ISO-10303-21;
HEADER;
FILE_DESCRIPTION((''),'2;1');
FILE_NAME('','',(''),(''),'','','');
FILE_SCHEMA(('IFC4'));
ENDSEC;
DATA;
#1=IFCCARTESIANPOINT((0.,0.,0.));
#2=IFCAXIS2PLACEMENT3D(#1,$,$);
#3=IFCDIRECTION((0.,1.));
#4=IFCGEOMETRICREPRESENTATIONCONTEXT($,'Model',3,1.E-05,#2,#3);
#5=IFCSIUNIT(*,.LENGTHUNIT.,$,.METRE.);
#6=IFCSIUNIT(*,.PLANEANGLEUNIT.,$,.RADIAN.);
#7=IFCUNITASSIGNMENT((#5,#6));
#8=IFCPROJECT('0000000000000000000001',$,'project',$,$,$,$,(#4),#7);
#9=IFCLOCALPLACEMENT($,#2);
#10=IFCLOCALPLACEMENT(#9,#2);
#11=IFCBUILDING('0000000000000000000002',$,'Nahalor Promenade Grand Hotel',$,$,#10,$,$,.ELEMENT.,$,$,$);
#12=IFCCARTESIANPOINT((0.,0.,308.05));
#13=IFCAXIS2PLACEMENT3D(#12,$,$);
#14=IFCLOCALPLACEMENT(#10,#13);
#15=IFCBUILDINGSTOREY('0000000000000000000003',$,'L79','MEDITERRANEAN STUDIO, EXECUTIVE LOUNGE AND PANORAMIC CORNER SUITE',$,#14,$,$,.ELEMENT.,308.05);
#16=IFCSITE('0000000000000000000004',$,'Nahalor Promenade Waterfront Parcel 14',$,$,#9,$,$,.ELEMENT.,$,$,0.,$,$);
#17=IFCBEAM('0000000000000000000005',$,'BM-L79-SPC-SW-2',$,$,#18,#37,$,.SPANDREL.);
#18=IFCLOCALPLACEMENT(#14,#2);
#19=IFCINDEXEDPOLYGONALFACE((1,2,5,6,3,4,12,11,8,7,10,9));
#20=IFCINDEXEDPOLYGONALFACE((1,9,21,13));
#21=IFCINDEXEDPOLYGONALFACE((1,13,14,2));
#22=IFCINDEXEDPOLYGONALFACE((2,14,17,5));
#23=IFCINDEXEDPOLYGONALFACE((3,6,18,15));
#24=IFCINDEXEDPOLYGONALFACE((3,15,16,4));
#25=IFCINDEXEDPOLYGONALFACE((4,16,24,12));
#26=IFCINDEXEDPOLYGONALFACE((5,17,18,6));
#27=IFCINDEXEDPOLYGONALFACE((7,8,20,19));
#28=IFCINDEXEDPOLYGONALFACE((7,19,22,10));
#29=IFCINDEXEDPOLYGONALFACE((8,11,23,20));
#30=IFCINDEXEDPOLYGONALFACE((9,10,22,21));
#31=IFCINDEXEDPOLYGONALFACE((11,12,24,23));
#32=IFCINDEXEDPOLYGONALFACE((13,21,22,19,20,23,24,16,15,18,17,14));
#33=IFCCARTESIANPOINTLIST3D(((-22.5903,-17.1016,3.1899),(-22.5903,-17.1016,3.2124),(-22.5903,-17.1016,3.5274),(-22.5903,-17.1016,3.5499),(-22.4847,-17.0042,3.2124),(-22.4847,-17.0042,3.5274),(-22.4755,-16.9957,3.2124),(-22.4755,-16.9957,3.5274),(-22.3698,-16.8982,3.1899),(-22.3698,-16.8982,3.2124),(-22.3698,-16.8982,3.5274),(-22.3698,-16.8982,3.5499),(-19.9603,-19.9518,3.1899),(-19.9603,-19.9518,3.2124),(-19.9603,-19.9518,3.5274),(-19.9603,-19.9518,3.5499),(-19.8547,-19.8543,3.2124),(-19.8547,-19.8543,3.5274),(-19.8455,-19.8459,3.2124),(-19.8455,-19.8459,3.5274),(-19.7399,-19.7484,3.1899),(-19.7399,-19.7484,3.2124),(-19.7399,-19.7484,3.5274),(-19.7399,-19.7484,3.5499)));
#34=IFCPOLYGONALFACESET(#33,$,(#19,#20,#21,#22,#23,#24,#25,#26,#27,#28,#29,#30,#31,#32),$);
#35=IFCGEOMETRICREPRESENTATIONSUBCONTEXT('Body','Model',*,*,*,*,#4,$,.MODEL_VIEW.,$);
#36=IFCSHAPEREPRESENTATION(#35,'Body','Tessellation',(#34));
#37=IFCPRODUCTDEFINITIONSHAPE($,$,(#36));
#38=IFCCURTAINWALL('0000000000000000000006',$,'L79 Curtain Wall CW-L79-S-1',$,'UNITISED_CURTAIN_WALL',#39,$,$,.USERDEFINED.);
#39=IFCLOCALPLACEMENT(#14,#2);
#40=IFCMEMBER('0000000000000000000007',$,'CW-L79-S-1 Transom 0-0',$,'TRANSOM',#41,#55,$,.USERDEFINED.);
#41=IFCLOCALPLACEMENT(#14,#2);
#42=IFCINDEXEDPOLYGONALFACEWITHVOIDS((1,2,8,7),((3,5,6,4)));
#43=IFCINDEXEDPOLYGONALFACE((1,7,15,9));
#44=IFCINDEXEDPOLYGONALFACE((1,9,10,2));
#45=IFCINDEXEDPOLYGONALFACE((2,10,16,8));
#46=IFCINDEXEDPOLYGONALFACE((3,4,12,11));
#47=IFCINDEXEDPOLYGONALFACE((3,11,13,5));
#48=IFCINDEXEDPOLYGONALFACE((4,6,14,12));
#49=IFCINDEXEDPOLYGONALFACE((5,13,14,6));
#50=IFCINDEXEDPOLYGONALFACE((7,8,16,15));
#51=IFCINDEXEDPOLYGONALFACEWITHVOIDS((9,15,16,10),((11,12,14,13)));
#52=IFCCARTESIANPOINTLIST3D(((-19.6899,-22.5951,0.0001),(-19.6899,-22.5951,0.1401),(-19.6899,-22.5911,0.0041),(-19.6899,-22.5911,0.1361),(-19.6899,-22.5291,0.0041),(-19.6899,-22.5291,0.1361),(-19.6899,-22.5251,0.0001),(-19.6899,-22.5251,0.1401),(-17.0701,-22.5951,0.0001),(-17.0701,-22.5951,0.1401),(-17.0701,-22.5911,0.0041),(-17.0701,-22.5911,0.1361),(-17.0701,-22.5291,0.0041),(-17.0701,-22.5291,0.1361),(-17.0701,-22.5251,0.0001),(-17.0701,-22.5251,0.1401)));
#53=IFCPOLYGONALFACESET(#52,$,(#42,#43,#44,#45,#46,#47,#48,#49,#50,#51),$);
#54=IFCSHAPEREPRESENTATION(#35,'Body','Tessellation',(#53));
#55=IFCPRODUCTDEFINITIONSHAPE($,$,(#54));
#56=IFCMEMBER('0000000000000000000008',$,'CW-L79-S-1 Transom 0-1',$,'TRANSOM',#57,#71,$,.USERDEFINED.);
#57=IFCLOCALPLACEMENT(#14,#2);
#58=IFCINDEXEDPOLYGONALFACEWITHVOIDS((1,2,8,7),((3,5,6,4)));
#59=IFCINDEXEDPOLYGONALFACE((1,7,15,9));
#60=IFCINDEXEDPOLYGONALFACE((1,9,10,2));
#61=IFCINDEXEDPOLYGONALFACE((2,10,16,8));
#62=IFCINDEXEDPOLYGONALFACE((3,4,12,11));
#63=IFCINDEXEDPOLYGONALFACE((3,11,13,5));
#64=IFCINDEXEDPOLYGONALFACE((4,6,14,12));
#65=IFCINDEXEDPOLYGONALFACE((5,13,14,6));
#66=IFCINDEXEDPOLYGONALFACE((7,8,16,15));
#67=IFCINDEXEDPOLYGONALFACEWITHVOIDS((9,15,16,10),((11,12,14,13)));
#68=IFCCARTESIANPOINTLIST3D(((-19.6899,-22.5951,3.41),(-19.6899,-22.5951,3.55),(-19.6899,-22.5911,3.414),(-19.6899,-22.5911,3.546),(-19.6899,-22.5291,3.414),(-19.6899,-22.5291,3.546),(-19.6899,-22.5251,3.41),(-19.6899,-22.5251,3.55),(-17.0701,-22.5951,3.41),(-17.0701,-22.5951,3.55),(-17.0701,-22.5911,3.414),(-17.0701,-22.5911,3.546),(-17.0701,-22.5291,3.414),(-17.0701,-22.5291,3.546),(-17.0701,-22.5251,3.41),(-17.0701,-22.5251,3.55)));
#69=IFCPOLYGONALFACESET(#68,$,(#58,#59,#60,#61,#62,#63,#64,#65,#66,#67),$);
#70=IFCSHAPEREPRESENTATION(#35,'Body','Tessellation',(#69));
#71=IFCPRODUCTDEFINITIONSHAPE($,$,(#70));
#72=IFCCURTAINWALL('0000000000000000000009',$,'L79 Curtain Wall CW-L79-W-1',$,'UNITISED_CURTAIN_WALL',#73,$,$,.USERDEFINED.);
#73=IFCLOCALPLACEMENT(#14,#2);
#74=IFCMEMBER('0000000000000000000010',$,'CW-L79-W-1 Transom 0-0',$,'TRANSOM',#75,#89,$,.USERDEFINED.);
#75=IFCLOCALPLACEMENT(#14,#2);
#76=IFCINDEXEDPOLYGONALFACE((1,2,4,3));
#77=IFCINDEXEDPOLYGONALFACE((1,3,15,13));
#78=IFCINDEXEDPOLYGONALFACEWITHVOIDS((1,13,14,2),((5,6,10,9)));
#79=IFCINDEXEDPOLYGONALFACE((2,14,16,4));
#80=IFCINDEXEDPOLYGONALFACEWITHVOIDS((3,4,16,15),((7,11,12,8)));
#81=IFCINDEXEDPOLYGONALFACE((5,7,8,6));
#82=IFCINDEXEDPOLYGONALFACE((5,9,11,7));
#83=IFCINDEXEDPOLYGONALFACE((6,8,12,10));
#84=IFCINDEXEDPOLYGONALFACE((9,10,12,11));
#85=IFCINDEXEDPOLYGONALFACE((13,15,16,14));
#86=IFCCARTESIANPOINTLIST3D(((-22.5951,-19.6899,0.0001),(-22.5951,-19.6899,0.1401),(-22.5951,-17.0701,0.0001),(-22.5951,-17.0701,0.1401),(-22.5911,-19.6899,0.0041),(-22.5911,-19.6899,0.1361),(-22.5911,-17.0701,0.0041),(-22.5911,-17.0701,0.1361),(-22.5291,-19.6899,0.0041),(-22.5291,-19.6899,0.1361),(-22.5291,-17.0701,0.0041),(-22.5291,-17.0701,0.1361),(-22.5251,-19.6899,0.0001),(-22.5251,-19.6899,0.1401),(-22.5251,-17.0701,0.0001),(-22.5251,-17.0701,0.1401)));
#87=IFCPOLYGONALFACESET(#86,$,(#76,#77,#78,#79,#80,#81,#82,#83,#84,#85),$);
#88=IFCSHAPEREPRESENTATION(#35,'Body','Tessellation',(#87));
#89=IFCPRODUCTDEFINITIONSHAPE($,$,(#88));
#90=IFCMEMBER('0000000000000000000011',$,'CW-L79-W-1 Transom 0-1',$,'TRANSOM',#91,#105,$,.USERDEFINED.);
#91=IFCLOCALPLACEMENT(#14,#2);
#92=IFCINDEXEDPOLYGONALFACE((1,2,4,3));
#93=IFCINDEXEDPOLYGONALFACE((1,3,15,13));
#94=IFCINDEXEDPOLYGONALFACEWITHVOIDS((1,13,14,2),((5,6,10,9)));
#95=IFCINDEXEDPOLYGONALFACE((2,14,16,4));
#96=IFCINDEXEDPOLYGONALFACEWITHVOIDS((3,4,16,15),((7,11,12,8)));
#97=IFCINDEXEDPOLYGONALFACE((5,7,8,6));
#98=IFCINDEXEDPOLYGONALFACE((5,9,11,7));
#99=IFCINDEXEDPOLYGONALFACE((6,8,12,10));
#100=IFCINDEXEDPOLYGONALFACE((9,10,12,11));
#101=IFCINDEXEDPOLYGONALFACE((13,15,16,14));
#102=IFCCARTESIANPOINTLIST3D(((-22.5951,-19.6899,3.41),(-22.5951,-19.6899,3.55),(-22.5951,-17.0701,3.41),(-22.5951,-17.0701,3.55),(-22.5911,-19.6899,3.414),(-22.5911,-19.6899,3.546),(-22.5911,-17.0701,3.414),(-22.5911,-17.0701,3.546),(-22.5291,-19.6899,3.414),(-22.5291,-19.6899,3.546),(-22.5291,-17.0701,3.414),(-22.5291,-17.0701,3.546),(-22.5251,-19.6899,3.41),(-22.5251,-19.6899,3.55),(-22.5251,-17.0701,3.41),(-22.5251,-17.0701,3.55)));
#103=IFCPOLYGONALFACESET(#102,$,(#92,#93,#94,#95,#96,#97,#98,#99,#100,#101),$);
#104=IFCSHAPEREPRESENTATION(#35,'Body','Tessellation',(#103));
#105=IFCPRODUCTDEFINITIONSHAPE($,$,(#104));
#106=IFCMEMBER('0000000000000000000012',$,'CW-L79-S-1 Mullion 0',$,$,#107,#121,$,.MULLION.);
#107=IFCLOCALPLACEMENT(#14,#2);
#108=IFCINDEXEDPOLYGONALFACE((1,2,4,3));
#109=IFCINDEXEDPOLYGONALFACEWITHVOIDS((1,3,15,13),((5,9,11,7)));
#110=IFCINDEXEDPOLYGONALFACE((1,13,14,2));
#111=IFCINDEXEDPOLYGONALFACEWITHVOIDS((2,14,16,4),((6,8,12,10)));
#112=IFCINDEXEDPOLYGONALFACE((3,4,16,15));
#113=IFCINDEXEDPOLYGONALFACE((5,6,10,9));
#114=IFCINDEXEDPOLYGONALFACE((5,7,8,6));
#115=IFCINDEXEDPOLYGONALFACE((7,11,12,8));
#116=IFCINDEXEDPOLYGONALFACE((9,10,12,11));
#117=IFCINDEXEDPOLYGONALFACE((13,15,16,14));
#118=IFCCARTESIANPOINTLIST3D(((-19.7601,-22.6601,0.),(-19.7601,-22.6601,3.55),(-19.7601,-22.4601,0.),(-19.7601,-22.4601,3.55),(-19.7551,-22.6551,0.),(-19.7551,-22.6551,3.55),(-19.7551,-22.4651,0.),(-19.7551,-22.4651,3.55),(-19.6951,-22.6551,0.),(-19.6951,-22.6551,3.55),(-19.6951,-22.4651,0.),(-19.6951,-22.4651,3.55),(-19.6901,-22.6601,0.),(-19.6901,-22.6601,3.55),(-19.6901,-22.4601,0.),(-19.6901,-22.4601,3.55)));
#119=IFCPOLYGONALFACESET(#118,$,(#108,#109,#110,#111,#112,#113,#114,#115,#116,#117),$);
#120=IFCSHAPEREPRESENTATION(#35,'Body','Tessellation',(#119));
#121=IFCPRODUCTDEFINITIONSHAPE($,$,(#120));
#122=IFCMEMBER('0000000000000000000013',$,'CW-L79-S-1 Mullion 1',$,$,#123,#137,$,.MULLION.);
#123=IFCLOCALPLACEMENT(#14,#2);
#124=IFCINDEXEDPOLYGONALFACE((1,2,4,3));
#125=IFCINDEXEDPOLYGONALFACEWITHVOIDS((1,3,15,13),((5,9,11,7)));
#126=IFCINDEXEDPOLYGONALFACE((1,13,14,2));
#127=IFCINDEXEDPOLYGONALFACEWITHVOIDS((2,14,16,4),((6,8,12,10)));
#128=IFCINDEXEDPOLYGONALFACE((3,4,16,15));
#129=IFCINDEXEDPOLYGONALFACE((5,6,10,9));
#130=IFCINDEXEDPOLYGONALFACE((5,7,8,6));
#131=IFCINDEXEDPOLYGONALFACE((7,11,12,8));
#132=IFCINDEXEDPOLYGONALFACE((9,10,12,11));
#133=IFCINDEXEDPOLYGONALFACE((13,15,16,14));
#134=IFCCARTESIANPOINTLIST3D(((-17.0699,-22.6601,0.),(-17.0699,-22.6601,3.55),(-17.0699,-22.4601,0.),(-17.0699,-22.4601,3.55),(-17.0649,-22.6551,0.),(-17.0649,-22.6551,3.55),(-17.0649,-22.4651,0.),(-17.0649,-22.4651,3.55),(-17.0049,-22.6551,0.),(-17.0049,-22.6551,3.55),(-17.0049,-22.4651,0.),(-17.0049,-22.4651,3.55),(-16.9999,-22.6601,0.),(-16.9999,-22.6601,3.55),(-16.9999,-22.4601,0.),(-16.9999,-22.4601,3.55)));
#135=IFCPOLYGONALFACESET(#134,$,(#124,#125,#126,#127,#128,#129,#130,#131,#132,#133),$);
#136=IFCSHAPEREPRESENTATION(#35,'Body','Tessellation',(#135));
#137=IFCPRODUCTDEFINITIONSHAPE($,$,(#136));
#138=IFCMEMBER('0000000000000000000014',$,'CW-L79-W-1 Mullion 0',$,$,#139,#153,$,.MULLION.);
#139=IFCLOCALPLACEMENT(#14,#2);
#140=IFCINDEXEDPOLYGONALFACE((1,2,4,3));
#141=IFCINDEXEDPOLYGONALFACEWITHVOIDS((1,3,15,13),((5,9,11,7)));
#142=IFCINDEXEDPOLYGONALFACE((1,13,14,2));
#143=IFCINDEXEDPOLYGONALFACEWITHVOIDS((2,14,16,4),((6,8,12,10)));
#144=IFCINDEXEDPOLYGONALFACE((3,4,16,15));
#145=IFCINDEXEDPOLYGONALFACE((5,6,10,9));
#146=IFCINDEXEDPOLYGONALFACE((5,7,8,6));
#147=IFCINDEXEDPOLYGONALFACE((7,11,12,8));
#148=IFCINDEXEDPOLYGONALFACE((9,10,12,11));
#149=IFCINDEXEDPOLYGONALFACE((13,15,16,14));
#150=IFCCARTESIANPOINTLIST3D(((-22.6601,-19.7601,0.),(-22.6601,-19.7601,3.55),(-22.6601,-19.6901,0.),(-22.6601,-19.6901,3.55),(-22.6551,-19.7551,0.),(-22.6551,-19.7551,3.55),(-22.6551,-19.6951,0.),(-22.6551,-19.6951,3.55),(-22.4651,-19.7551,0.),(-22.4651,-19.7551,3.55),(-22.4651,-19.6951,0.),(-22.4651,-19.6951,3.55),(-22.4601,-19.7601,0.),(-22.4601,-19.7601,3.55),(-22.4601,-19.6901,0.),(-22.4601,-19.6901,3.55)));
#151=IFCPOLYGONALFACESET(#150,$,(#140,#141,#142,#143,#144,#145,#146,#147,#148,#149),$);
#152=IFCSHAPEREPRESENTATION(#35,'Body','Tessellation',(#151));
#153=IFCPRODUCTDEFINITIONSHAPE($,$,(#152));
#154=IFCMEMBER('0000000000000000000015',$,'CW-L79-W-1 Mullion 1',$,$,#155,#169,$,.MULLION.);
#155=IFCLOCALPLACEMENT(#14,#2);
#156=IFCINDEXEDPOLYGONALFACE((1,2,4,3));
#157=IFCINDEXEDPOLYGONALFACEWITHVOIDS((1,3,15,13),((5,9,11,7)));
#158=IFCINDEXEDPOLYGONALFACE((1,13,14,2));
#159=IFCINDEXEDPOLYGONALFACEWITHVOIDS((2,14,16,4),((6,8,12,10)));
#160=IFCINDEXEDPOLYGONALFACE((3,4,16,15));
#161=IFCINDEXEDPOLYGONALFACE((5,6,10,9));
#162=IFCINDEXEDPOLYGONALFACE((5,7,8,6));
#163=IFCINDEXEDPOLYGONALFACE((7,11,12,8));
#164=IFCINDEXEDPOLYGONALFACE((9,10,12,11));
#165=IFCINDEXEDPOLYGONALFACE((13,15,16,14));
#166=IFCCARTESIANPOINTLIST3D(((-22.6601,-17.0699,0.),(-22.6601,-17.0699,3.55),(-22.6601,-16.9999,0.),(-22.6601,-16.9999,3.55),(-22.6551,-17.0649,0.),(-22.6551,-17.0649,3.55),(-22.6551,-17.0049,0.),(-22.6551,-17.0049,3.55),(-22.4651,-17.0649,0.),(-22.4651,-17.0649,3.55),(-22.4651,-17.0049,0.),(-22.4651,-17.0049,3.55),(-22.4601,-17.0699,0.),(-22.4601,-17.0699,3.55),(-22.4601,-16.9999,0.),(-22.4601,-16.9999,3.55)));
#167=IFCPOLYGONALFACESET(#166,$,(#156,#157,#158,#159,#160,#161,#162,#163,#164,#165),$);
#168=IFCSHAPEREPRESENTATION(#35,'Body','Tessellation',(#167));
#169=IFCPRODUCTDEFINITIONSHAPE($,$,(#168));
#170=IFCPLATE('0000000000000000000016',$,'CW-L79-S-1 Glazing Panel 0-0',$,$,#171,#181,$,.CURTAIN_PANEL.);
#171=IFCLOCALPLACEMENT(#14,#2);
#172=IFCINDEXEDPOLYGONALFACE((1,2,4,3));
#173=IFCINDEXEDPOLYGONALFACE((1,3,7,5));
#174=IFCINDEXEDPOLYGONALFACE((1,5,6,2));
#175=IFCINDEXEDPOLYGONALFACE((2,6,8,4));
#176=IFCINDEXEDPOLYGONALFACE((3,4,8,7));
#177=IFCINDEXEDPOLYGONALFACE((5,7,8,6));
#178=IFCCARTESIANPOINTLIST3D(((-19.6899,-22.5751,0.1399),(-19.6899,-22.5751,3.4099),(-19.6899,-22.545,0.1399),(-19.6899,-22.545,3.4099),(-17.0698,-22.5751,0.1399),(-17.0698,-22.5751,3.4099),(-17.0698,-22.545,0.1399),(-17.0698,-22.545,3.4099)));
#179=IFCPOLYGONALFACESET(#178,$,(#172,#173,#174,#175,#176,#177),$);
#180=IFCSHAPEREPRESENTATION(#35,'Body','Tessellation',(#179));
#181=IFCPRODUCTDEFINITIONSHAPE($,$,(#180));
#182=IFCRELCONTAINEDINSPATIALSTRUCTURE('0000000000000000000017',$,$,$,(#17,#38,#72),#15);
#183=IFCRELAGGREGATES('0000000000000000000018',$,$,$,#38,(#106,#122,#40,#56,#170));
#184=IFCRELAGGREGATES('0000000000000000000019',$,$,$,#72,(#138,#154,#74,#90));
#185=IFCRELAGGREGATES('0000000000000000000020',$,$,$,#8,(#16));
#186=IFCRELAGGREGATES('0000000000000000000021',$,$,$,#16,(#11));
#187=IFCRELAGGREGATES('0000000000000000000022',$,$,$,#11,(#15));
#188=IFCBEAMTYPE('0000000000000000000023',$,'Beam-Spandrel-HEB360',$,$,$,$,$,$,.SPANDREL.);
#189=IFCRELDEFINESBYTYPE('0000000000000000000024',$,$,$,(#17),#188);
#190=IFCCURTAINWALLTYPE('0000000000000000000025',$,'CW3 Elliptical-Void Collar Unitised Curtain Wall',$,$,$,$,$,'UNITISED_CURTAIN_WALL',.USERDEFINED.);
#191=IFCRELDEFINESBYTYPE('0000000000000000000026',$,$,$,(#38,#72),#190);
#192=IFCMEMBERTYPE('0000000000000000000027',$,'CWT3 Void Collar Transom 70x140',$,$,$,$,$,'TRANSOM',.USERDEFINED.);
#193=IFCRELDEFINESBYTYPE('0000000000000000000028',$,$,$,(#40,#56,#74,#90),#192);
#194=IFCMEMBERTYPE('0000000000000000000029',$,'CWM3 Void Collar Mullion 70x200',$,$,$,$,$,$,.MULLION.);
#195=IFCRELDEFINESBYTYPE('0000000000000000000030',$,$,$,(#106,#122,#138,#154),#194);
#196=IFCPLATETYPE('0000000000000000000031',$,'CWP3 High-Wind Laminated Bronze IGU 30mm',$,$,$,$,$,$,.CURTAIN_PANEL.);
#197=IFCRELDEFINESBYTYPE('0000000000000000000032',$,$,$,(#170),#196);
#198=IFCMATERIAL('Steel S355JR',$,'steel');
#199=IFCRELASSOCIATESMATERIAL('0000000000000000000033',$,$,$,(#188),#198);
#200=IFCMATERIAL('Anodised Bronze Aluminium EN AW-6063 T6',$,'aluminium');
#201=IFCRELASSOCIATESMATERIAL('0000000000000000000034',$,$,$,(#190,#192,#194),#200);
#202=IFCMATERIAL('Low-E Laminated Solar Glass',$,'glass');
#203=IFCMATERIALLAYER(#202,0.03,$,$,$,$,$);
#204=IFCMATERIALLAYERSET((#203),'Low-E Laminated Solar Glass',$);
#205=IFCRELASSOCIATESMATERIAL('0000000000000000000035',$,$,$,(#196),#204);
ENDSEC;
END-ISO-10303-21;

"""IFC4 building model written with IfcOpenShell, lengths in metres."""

from ifc_helpers import new_model, si_unit, direction, frame, origin, origin_2d, place, context, subcontext, project, spatial, rectangle, hollow_rectangle, i_section, extrude, source, transform, mapped, material, layer, layer_set, material_profile, profile_set, type_object, element, aggregate, save


model = new_model("IFC4")

# Units and contexts
model_context = context("Model", 3, precision=1e-05, world=origin(), true_north=direction((0.0, 1.0)))
body_context = subcontext(model_context, "Body", "Model", "MODEL_VIEW")
ifc_project = project(units=[si_unit("LENGTHUNIT", "METRE"), si_unit("PLANEANGLEUNIT", "RADIAN")], contexts=[model_context])

# Site, building, storey
site_placement = place(None, origin())
site = spatial("IfcSite", under=ifc_project, at=site_placement, Name="Nahalor Promenade Waterfront Parcel 14", CompositionType="ELEMENT", RefElevation=0.0)
building_placement = place(site_placement, origin())
building = spatial("IfcBuilding", under=site, at=building_placement, Name="Nahalor Promenade Grand Hotel", CompositionType="ELEMENT")
storey_placement = place(building_placement, frame((0.0, 0.0, 308.05)))
storey = spatial("IfcBuildingStorey", under=building, at=storey_placement, Name="L79", Description="MEDITERRANEAN STUDIO, EXECUTIVE LOUNGE AND PANORAMIC CORNER SUITE", CompositionType="ELEMENT", Elevation=308.05)

# Shared definitions
ifc_material_1 = material(Name="Steel S355JR", Category="steel")

# Beam
ifc_material_profile_1 = material_profile(ifc_material_1, i_section(OverallWidth=0.3, OverallDepth=0.36, WebThickness=0.0125, FlangeThickness=0.0225, at=origin_2d()), Name="HEB 360")
ifc_profile_set_1 = profile_set([ifc_material_profile_1], Name="Steel S355JR")
beam_type_1 = type_object("IfcBeamType", Name="Beam-Spandrel-HEB360", PredefinedType="SPANDREL", material=ifc_profile_set_1)
shared_shape_1 = source(origin(), body_context, "Body", "SweptSolid", [
    extrude(i_section(OverallWidth=0.3, OverallDepth=0.36, WebThickness=0.0125, FlangeThickness=0.0225, at=origin_2d()), origin(), (0.0, 0.0, 1.0), 3.8782),
])
for number, where, z_axis, x_axis, name in (
    (1, (-19.8501, -19.8501, 3.3699), (-0.678144, 0.734929, 0.0), (-0.734929, -0.678144, 0.0), "BM-L79-SPC-SW-2"),
):
    element("IfcBeam", number, at=place(storey_placement, frame(where, z_axis=z_axis, x_axis=x_axis)), inside=storey, type_object=beam_type_1, Name=name, PredefinedType="SPANDREL", context=body_context, shape_type="MappedRepresentation", body=[
        mapped(shared_shape_1, transform((0.0, 0.0, 0.0), scale=1.0)),
    ])

# Curtain walls, members
ifc_material_2 = material(Name="Anodised Bronze Aluminium EN AW-6063 T6", Category="aluminium")
curtain_wall_type = type_object("IfcCurtainWallType", Name="CW3 Elliptical-Void Collar Unitised Curtain Wall", ElementType="UNITISED_CURTAIN_WALL", PredefinedType="USERDEFINED", material=ifc_material_2)
curtain_wall_1_placement = place(storey_placement, origin())
curtain_wall_1 = element("IfcCurtainWall", 2, at=curtain_wall_1_placement, inside=storey, type_object=curtain_wall_type, Name="L79 Curtain Wall CW-L79-S-1", ObjectType="UNITISED_CURTAIN_WALL", PredefinedType="USERDEFINED")
ifc_material_profile_2 = material_profile(ifc_material_2, hollow_rectangle(XDim=0.07, YDim=0.14, WallThickness=0.004, at=origin_2d()), Name="CWT 70x140x4")
ifc_profile_set_2 = profile_set([ifc_material_profile_2], Name="Anodised Bronze Aluminium EN AW-6063 T6")
member_type_1 = type_object("IfcMemberType", Name="CWT3 Void Collar Transom 70x140", ElementType="TRANSOM", PredefinedType="USERDEFINED", material=ifc_profile_set_2)
shared_shape_2 = source(origin(), body_context, "Body", "SweptSolid", [
    extrude(hollow_rectangle(XDim=0.07, YDim=0.14, WallThickness=0.004, at=origin_2d()), origin(), (0.0, 0.0, 1.0), 2.6199),
])
member_1_placement = place(storey_placement, frame((-19.6899, -22.5601, 0.0701), z_axis=(1.0, 0.0, 0.0), x_axis=(0.0, 1.0, 0.0)))
member_1 = element("IfcMember", 3, at=member_1_placement, type_object=member_type_1, Name="CW-L79-S-1 Transom 0-0", ObjectType="TRANSOM", PredefinedType="USERDEFINED", context=body_context, shape_type="MappedRepresentation", body=[
    mapped(shared_shape_2, transform((0.0, 0.0, 0.0), scale=1.0)),
])
member_2_placement = place(storey_placement, frame((-19.6899, -22.5601, 3.48), z_axis=(1.0, 0.0, 0.0), x_axis=(0.0, 1.0, 0.0)))
member_2 = element("IfcMember", 4, at=member_2_placement, type_object=member_type_1, Name="CW-L79-S-1 Transom 0-1", ObjectType="TRANSOM", PredefinedType="USERDEFINED", context=body_context, shape_type="MappedRepresentation", body=[
    mapped(shared_shape_2, transform((0.0, 0.0, 0.0), scale=1.0)),
])
curtain_wall_2_placement = place(storey_placement, origin())
curtain_wall_2 = element("IfcCurtainWall", 5, at=curtain_wall_2_placement, inside=storey, type_object=curtain_wall_type, Name="L79 Curtain Wall CW-L79-W-1", ObjectType="UNITISED_CURTAIN_WALL", PredefinedType="USERDEFINED")
member_3_placement = place(storey_placement, frame((-22.5601, -19.6899, 0.0701), z_axis=(0.0, 1.0, 0.0), x_axis=(-1.0, 0.0, 0.0)))
member_3 = element("IfcMember", 6, at=member_3_placement, type_object=member_type_1, Name="CW-L79-W-1 Transom 0-0", ObjectType="TRANSOM", PredefinedType="USERDEFINED", context=body_context, shape_type="MappedRepresentation", body=[
    mapped(shared_shape_2, transform((0.0, 0.0, 0.0), scale=1.0)),
])
member_4_placement = place(storey_placement, frame((-22.5601, -19.6899, 3.48), z_axis=(0.0, 1.0, 0.0), x_axis=(-1.0, 0.0, 0.0)))
member_4 = element("IfcMember", 7, at=member_4_placement, type_object=member_type_1, Name="CW-L79-W-1 Transom 0-1", ObjectType="TRANSOM", PredefinedType="USERDEFINED", context=body_context, shape_type="MappedRepresentation", body=[
    mapped(shared_shape_2, transform((0.0, 0.0, 0.0), scale=1.0)),
])

# Members
ifc_material_profile_3 = material_profile(ifc_material_2, hollow_rectangle(XDim=0.07, YDim=0.2, WallThickness=0.005, at=origin_2d()), Name="CWM 70x200x5")
ifc_profile_set_3 = profile_set([ifc_material_profile_3], Name="Anodised Bronze Aluminium EN AW-6063 T6")
member_type_2 = type_object("IfcMemberType", Name="CWM3 Void Collar Mullion 70x200", PredefinedType="MULLION", material=ifc_profile_set_3)
shared_shape_3 = source(origin(), body_context, "Body", "SweptSolid", [
    extrude(hollow_rectangle(XDim=0.07, YDim=0.2, WallThickness=0.005, at=origin_2d()), origin(), (0.0, 0.0, 1.0), 3.55),
])
member_5_placement = place(storey_placement, frame((-19.7251, -22.5601, 0.0), z_axis=(0.0, 0.0, 1.0), x_axis=(1.0, 0.0, 0.0)))
member_5 = element("IfcMember", 8, at=member_5_placement, type_object=member_type_2, Name="CW-L79-S-1 Mullion 0", PredefinedType="MULLION", context=body_context, shape_type="MappedRepresentation", body=[
    mapped(shared_shape_3, transform((0.0, 0.0, 0.0), scale=1.0)),
])
member_6_placement = place(storey_placement, frame((-17.0349, -22.5601, 0.0), z_axis=(0.0, 0.0, 1.0), x_axis=(1.0, 0.0, 0.0)))
member_6 = element("IfcMember", 9, at=member_6_placement, type_object=member_type_2, Name="CW-L79-S-1 Mullion 1", PredefinedType="MULLION", context=body_context, shape_type="MappedRepresentation", body=[
    mapped(shared_shape_3, transform((0.0, 0.0, 0.0), scale=1.0)),
])
member_7_placement = place(storey_placement, frame((-22.5601, -19.7251, 0.0), z_axis=(0.0, 0.0, 1.0), x_axis=(0.0, 1.0, 0.0)))
member_7 = element("IfcMember", 10, at=member_7_placement, type_object=member_type_2, Name="CW-L79-W-1 Mullion 0", PredefinedType="MULLION", context=body_context, shape_type="MappedRepresentation", body=[
    mapped(shared_shape_3, transform((0.0, 0.0, 0.0), scale=1.0)),
])
member_8_placement = place(storey_placement, frame((-22.5601, -17.0349, 0.0), z_axis=(0.0, 0.0, 1.0), x_axis=(0.0, 1.0, 0.0)))
member_8 = element("IfcMember", 11, at=member_8_placement, type_object=member_type_2, Name="CW-L79-W-1 Mullion 1", PredefinedType="MULLION", context=body_context, shape_type="MappedRepresentation", body=[
    mapped(shared_shape_3, transform((0.0, 0.0, 0.0), scale=1.0)),
])

# Plate
ifc_material_3 = material(Name="Low-E Laminated Solar Glass", Category="glass")
ifc_layer_1 = layer(ifc_material_3, 0.03)
ifc_layer_set_1 = layer_set([ifc_layer_1], Name="Low-E Laminated Solar Glass")
plate_type = type_object("IfcPlateType", Name="CWP3 High-Wind Laminated Bronze IGU 30mm", PredefinedType="CURTAIN_PANEL", material=ifc_layer_set_1)
shared_shape_4 = source(origin(), body_context, "Body", "SweptSolid", [
    extrude(rectangle(XDim=2.6201, YDim=0.03, at=origin_2d()), origin(), (0.0, 0.0, 1.0), 3.27),
])
plate_1_placement = place(storey_placement, frame((-18.3799, -22.5601, 0.1399), z_axis=(0.0, 0.0, 1.0), x_axis=(1.0, 0.0, 0.0)))
plate_1 = element("IfcPlate", 12, at=plate_1_placement, type_object=plate_type, Name="CW-L79-S-1 Glazing Panel 0-0", PredefinedType="CURTAIN_PANEL", context=body_context, shape_type="MappedRepresentation", body=[
    mapped(shared_shape_4, transform((0.0, 0.0, 0.0), scale=1.0)),
])
aggregate(curtain_wall_1, [member_5, member_6, member_1, member_2, plate_1])
aggregate(curtain_wall_2, [member_7, member_8, member_3, member_4])

save(model, "model.ifc")
